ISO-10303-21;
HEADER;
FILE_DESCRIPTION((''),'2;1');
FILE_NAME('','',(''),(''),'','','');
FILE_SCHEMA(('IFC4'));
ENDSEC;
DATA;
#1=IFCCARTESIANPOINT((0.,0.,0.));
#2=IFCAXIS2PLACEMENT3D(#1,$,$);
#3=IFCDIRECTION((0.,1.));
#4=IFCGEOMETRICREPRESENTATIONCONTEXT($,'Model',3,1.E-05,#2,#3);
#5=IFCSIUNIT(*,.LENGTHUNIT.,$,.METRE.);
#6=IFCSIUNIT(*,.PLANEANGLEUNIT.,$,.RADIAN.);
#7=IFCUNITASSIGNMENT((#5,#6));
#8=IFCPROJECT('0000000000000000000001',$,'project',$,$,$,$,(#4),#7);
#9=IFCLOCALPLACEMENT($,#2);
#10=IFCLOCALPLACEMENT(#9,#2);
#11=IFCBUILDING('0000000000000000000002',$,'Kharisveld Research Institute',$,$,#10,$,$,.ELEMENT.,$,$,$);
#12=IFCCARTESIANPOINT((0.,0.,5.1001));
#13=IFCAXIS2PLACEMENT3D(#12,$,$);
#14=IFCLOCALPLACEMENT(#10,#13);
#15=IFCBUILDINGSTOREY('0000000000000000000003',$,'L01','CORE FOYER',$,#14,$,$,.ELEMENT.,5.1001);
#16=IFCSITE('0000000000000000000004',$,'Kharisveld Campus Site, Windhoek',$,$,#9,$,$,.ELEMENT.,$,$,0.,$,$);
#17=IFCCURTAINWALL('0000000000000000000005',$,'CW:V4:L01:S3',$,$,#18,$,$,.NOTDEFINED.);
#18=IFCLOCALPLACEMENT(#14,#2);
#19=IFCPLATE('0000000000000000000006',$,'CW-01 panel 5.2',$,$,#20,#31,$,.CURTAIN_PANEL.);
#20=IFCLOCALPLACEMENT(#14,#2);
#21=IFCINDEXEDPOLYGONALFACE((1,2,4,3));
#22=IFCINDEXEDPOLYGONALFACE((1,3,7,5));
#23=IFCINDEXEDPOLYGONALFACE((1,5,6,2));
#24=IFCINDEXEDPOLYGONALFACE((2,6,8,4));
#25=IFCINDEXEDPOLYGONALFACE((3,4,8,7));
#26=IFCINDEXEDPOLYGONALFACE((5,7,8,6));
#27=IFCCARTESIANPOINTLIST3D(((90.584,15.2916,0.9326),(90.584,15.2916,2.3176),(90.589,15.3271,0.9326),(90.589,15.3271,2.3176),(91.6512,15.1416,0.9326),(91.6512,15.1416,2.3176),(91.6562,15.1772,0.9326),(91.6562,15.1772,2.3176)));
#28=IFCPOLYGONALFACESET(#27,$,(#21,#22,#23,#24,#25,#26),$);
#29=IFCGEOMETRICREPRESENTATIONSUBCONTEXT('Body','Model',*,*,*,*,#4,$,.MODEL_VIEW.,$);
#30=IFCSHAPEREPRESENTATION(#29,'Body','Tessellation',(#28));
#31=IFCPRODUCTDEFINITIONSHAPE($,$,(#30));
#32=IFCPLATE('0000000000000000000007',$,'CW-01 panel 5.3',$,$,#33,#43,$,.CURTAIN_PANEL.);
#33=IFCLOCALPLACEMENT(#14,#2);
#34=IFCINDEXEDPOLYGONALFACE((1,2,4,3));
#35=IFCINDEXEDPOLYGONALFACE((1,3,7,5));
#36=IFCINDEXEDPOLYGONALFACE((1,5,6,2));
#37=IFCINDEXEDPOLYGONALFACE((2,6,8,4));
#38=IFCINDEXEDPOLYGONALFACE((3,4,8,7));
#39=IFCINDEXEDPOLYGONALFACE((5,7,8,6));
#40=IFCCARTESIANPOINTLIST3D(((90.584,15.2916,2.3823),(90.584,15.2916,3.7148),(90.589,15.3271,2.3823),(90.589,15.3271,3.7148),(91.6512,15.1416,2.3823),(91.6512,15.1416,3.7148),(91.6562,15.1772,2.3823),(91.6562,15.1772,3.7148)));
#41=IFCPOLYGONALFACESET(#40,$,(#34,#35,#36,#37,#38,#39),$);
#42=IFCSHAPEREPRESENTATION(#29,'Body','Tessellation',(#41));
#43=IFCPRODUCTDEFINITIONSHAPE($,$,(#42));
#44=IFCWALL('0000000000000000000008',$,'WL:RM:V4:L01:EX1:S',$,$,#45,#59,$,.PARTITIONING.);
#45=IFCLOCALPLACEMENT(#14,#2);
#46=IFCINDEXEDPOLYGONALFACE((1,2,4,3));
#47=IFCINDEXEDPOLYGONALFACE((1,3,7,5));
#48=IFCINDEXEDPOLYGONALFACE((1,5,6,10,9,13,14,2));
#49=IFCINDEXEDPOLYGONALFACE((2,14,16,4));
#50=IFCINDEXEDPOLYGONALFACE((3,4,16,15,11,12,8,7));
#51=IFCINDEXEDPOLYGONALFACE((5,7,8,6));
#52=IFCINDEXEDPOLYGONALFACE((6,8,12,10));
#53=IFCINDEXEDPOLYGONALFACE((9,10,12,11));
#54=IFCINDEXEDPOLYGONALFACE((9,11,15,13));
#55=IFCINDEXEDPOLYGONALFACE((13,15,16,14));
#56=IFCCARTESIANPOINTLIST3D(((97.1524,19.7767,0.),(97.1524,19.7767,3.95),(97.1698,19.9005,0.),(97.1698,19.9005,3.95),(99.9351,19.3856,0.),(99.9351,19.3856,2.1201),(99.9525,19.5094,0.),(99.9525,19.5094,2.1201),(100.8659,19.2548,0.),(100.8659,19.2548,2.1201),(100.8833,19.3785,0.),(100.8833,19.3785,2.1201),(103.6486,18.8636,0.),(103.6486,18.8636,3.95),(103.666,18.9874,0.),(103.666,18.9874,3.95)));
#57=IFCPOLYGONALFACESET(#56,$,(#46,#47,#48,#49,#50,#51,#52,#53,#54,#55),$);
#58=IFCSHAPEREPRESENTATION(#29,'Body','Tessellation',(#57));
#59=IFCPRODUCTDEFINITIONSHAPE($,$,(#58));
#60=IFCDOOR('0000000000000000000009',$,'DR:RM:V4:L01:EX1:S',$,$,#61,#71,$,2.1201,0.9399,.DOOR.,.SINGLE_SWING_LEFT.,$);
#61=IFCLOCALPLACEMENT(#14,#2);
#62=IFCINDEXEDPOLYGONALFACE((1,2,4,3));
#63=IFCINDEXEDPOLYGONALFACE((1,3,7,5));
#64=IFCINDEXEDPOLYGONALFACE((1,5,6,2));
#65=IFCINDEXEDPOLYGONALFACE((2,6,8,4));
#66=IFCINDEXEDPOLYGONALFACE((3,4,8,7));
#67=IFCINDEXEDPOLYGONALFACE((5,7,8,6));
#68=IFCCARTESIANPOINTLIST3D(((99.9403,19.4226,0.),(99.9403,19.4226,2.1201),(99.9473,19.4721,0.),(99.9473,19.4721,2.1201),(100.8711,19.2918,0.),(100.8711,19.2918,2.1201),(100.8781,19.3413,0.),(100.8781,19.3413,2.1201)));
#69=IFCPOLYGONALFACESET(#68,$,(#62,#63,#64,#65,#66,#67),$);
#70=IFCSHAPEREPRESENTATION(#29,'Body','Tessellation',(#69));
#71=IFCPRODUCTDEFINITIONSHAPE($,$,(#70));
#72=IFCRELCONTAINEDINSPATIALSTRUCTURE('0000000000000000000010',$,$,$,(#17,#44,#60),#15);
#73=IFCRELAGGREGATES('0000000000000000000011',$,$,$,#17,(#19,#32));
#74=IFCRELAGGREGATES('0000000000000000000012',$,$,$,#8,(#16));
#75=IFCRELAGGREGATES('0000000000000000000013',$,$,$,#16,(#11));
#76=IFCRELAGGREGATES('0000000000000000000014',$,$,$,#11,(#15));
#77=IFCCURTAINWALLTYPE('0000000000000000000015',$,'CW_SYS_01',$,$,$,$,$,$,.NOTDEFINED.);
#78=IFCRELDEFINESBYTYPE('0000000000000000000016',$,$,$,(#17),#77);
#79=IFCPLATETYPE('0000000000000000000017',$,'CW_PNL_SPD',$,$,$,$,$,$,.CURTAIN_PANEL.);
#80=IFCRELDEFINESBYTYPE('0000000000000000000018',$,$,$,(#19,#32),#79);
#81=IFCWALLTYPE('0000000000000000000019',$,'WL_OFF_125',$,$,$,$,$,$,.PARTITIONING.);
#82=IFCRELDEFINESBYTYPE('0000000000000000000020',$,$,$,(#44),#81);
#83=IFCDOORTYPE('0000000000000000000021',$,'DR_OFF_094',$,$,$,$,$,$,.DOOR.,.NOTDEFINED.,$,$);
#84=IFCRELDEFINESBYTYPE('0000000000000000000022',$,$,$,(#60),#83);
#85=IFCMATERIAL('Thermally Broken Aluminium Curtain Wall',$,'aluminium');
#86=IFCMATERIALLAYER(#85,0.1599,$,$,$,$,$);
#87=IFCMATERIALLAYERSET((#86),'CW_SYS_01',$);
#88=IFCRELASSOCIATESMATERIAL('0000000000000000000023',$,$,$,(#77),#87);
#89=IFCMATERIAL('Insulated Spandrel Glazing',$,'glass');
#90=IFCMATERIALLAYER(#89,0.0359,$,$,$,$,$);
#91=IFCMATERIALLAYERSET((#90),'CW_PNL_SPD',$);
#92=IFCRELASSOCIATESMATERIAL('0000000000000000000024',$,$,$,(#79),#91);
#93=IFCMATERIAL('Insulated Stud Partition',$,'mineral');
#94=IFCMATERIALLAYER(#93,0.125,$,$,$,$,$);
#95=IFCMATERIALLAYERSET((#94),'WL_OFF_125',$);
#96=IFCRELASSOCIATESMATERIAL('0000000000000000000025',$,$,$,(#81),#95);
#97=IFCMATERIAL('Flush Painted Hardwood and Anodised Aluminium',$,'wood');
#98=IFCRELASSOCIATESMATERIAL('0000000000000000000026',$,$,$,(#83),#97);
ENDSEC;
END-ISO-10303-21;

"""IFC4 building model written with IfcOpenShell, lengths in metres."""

from ifc_helpers import new_model, si_unit, direction, frame, frame_2d, origin, origin_2d, place, context, subcontext, project, spatial, rectangle, extrude, material, layer, layer_set, type_object, element, fill, aggregate, save


model = new_model("IFC4")

# Units and contexts
model_context = context("Model", 3, precision=1e-05, world=origin(), true_north=direction((0.0, 1.0)))
body_context = subcontext(model_context, "Body", "Model", "MODEL_VIEW")
ifc_project = project(units=[si_unit("LENGTHUNIT", "METRE"), si_unit("PLANEANGLEUNIT", "RADIAN")], contexts=[model_context])

# Site, building, storey
site_placement = place(None, origin())
site = spatial("IfcSite", under=ifc_project, at=site_placement, Name="Kharisveld Campus Site, Windhoek", CompositionType="ELEMENT", RefElevation=0.0)
building_placement = place(site_placement, origin())
building = spatial("IfcBuilding", under=site, at=building_placement, Name="Kharisveld Research Institute", CompositionType="ELEMENT")
storey_placement = place(building_placement, frame((0.0, 0.0, 5.1001)))
storey = spatial("IfcBuildingStorey", under=building, at=storey_placement, Name="L01", Description="CORE FOYER", CompositionType="ELEMENT", Elevation=5.1001)

# Curtain wall
ifc_material_1 = material(Name="Thermally Broken Aluminium Curtain Wall", Category="aluminium")
ifc_layer_1 = layer(ifc_material_1, 0.1599)
ifc_layer_set_1 = layer_set([ifc_layer_1], Name="CW_SYS_01")
curtain_wall_type = type_object("IfcCurtainWallType", Name="CW_SYS_01", PredefinedType="NOTDEFINED", material=ifc_layer_set_1)
curtain_wall_placement = place(storey_placement, origin())
curtain_wall = element("IfcCurtainWall", 1, at=curtain_wall_placement, inside=storey, type_object=curtain_wall_type, Name="CW:V4:L01:S3", PredefinedType="NOTDEFINED")

# Plates
ifc_material_2 = material(Name="Insulated Spandrel Glazing", Category="glass")
ifc_layer_2 = layer(ifc_material_2, 0.0359)
ifc_layer_set_2 = layer_set([ifc_layer_2], Name="CW_PNL_SPD")
plate_type = type_object("IfcPlateType", Name="CW_PNL_SPD", PredefinedType="CURTAIN_PANEL", material=ifc_layer_set_2)
plate_1_placement = place(storey_placement, frame((91.1201, 15.2344, 0.9326), z_axis=(0.0, 0.0, 1.0), x_axis=(-0.990268, 0.139173, 0.0)))
plate_1 = element("IfcPlate", 2, at=plate_1_placement, type_object=plate_type, Name="CW-01 panel 5.2", PredefinedType="CURTAIN_PANEL", context=body_context, shape_type="SweptSolid", body=[
    extrude(rectangle(XDim=1.0776, YDim=0.0359, at=origin_2d()), origin(), (0.0, 0.0, 1.0), 1.385),
])
plate_2_placement = place(storey_placement, frame((91.1201, 15.2344, 2.3823), z_axis=(0.0, 0.0, 1.0), x_axis=(-0.990268, 0.139173, 0.0)))
plate_2 = element("IfcPlate", 3, at=plate_2_placement, type_object=plate_type, Name="CW-01 panel 5.3", PredefinedType="CURTAIN_PANEL", context=body_context, shape_type="SweptSolid", body=[
    extrude(rectangle(XDim=1.0776, YDim=0.0359, at=origin_2d()), origin(), (0.0, 0.0, 1.0), 1.3325),
])
aggregate(curtain_wall, [plate_1, plate_2])

# Wall, opening, door
ifc_material_3 = material(Name="Insulated Stud Partition", Category="mineral")
ifc_layer_3 = layer(ifc_material_3, 0.125)
ifc_layer_set_3 = layer_set([ifc_layer_3], Name="WL_OFF_125")
wall_type = type_object("IfcWallType", Name="WL_OFF_125", PredefinedType="PARTITIONING", material=ifc_layer_set_3)
wall_placement = place(storey_placement, frame((97.1611, 19.8386, 0.0), z_axis=(0.0, 0.0, 1.0), x_axis=(0.990266, -0.139191, 0.0)))
wall = element("IfcWall", 4, at=wall_placement, inside=storey, type_object=wall_type, Name="WL:RM:V4:L01:EX1:S", PredefinedType="PARTITIONING", context=body_context, shape_type="SweptSolid", body=[
    extrude(rectangle(XDim=6.5601, YDim=0.125, at=frame_2d((3.28, 0.0))), origin(), (0.0, 0.0, 1.0), 3.95),
])
opening_placement = place(wall_placement, frame((2.8101, 0.0, 0.0)))
opening = element("IfcOpeningElement", 5, at=opening_placement, cuts=wall, PredefinedType="OPENING", context=body_context, shape_type="SweptSolid", body=[
    extrude(rectangle(XDim=0.9399, YDim=2.1201, at=frame_2d((0.47, 1.0601))), frame((0.0, 0.0625, 0.0), z_axis=(0.0, -1.0, 0.0), x_axis=(1.0, 0.0, 0.0)), (0.0, 0.0, 1.0), 0.125),
])
ifc_material_4 = material(Name="Flush Painted Hardwood and Anodised Aluminium", Category="wood")
door_type = type_object("IfcDoorType", Name="DR_OFF_094", OperationType="NOTDEFINED", PredefinedType="DOOR", material=ifc_material_4)
door_placement = place(opening_placement, origin())
door = element("IfcDoor", 6, at=door_placement, inside=storey, type_object=door_type, Name="DR:RM:V4:L01:EX1:S", OperationType="SINGLE_SWING_LEFT", OverallHeight=2.1201, OverallWidth=0.9399, PredefinedType="DOOR", context=body_context, shape_type="SweptSolid", body=[
    extrude(rectangle(XDim=0.9399, YDim=2.1201, at=frame_2d((0.47, 1.0601))), frame((0.0, 0.0249, 0.0), z_axis=(0.0, -1.0, 0.0), x_axis=(1.0, 0.0, 0.0)), (0.0, 0.0, 1.0), 0.05),
])
fill(opening, door)

save(model, "model.ifc")
